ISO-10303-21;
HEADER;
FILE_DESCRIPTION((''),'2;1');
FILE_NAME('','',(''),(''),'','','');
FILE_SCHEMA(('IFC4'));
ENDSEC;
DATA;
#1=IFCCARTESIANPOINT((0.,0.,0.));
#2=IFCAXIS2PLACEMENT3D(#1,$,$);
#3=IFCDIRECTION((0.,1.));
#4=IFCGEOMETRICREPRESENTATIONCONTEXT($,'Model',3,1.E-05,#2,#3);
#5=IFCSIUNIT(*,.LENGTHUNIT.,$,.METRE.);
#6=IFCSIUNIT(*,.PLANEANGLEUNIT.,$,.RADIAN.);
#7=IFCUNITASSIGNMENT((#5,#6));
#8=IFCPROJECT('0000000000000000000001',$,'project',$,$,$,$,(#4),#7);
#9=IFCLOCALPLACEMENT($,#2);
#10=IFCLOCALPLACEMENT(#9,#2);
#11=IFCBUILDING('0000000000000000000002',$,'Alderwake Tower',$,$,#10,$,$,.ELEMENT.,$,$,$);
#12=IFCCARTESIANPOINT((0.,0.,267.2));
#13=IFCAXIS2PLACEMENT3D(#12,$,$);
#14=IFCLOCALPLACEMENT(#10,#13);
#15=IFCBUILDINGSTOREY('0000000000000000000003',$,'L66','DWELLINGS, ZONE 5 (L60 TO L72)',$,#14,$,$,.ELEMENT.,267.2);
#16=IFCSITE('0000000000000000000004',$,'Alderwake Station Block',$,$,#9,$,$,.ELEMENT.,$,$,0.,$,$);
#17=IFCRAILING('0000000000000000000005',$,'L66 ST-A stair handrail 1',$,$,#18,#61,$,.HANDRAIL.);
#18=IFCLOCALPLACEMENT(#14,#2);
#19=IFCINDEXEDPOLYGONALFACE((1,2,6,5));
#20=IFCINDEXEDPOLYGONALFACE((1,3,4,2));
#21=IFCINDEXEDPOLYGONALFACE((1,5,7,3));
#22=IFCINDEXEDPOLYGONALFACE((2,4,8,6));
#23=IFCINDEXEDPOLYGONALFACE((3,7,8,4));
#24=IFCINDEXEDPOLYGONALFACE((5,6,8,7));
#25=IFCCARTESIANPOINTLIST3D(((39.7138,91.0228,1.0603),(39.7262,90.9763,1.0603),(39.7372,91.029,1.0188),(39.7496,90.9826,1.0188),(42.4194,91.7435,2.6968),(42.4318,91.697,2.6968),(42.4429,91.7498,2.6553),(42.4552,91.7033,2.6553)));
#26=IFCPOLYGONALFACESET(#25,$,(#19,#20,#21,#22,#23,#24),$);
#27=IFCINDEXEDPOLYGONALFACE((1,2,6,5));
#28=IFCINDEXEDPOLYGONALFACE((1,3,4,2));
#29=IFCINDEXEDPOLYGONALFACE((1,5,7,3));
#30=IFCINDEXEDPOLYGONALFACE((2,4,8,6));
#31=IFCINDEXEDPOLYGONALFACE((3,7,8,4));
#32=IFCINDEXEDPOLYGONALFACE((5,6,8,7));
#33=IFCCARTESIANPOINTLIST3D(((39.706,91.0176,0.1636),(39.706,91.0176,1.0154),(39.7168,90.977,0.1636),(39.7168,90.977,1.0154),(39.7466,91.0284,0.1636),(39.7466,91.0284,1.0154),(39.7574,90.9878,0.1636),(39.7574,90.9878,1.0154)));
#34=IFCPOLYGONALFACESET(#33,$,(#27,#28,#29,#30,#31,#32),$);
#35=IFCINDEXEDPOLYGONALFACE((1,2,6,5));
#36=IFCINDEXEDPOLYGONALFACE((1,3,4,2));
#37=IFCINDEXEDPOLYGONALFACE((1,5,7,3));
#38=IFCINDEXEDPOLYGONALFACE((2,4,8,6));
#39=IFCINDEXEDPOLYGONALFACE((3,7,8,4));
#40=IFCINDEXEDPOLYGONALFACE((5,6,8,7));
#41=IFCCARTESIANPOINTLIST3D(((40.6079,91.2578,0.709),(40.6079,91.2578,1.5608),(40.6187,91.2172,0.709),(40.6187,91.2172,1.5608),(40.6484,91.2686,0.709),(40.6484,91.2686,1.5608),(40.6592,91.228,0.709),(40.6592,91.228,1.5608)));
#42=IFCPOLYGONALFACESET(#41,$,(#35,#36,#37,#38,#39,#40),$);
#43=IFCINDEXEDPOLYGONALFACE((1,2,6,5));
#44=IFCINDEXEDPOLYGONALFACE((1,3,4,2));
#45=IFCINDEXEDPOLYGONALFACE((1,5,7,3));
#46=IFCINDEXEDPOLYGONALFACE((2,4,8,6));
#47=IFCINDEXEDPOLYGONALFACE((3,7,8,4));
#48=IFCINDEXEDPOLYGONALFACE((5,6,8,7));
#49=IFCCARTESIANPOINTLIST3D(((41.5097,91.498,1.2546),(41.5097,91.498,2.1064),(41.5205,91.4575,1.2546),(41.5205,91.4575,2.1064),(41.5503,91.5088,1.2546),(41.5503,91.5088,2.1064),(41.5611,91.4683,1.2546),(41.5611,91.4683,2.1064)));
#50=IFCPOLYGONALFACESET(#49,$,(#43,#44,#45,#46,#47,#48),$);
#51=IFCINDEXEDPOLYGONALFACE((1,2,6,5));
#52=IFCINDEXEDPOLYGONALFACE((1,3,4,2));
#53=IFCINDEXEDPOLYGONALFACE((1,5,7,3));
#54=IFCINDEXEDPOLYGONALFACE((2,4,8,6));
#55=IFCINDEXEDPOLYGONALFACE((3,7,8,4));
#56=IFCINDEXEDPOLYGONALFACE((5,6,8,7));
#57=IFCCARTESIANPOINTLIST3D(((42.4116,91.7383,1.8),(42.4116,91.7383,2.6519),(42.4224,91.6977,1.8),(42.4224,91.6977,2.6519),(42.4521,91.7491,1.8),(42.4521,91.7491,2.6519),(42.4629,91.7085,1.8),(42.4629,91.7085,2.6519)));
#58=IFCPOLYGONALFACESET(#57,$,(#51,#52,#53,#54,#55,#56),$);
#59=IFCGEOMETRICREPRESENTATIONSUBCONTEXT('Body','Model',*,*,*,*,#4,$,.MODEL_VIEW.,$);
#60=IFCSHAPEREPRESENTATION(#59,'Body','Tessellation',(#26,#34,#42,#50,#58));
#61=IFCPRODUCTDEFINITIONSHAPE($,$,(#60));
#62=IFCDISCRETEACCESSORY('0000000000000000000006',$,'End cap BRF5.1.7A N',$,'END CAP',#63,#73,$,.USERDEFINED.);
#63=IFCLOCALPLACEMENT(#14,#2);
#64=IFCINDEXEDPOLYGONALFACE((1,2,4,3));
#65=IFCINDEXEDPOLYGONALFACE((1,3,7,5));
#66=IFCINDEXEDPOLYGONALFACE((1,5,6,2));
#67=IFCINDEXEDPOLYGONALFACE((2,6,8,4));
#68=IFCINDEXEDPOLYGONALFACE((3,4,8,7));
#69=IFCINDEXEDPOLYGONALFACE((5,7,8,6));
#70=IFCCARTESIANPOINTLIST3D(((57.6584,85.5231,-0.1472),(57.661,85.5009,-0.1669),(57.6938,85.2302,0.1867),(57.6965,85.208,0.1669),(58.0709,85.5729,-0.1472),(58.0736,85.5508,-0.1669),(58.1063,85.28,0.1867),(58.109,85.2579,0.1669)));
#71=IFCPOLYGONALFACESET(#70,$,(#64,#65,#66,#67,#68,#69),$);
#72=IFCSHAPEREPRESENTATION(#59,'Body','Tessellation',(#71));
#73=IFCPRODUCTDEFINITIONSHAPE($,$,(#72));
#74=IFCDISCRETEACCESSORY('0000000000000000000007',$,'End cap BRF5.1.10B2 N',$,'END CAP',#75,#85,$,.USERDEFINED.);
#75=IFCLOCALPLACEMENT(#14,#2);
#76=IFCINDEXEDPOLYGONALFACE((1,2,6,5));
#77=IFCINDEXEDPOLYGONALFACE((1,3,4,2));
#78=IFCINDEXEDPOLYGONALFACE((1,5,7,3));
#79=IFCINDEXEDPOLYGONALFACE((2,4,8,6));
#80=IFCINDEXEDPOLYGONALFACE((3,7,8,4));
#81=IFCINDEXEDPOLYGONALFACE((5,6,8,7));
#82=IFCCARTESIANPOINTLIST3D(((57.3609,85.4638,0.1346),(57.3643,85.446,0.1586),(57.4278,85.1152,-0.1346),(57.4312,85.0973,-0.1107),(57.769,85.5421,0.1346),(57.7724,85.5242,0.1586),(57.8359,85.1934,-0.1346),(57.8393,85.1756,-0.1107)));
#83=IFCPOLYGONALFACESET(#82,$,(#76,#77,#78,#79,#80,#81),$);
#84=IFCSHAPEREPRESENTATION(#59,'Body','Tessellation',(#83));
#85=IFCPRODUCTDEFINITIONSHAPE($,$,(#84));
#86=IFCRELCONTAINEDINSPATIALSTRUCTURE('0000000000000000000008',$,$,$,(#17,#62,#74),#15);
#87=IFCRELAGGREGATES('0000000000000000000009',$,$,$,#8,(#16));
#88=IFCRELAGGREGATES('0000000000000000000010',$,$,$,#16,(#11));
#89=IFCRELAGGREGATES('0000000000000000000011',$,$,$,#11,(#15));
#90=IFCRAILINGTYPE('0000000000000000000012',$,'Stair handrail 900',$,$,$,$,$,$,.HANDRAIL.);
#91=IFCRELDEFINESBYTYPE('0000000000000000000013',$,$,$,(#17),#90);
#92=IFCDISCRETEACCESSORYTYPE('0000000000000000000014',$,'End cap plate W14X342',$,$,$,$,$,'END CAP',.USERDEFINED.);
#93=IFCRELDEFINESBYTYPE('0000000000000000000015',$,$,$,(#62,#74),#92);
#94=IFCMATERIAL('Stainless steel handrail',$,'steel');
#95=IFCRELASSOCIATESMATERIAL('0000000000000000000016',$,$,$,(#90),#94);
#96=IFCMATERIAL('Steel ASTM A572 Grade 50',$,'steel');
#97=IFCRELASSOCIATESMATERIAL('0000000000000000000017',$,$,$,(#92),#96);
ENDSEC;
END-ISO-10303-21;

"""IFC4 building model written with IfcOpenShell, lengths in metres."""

from ifc_helpers import new_model, si_unit, direction, frame, origin, origin_2d, place, context, subcontext, project, spatial, rectangle, extrude, material, material_profile, profile_set, type_object, element, save


model = new_model("IFC4")

# Units and contexts
model_context = context("Model", 3, precision=1e-05, world=origin(), true_north=direction((0.0, 1.0)))
body_context = subcontext(model_context, "Body", "Model", "MODEL_VIEW")
ifc_project = project(units=[si_unit("LENGTHUNIT", "METRE"), si_unit("PLANEANGLEUNIT", "RADIAN")], contexts=[model_context])

# Site, building, storey
site_placement = place(None, origin())
site = spatial("IfcSite", under=ifc_project, at=site_placement, Name="Alderwake Station Block", CompositionType="ELEMENT", RefElevation=0.0)
building_placement = place(site_placement, origin())
building = spatial("IfcBuilding", under=site, at=building_placement, Name="Alderwake Tower", CompositionType="ELEMENT")
storey_placement = place(building_placement, frame((0.0, 0.0, 267.2)))
storey = spatial("IfcBuildingStorey", under=building, at=storey_placement, Name="L66", Description="DWELLINGS, ZONE 5 (L60 TO L72)", CompositionType="ELEMENT", Elevation=267.2)

# Railing
ifc_material_1 = material(Name="Stainless steel handrail", Category="steel")
railing_type = type_object("IfcRailingType", Name="Stair handrail 900", PredefinedType="HANDRAIL", material=ifc_material_1)
railing_placement = place(storey_placement, frame((39.7317, 91.0027, 0.1636)))
element("IfcRailing", 1, at=railing_placement, inside=storey, type_object=railing_type, Name="L66 ST-A stair handrail 1", PredefinedType="HANDRAIL", context=body_context, shape_type="SweptSolid", body=[
    extrude(rectangle(XDim=0.0481, YDim=0.0481, at=origin_2d()), frame((0.0, 0.0, 0.876), z_axis=(0.834259, 0.222228, 0.504605), x_axis=(-0.257402, 0.966304, 0.0)), (0.0, 0.0, 1.0), 3.2432),
    extrude(rectangle(XDim=0.042, YDim=0.042, at=origin_2d()), frame((0.0, 0.0, 0.0), z_axis=(0.0, 0.0, 1.0), x_axis=(0.966304, 0.257402, 0.0)), (0.0, 0.0, 1.0), 0.8518),
    extrude(rectangle(XDim=0.042, YDim=0.042, at=origin_2d()), frame((0.9019, 0.2402, 0.5454), z_axis=(0.0, 0.0, 1.0), x_axis=(0.966304, 0.257402, 0.0)), (0.0, 0.0, 1.0), 0.8518),
    extrude(rectangle(XDim=0.042, YDim=0.042, at=origin_2d()), frame((1.8037, 0.4805, 1.0911), z_axis=(0.0, 0.0, 1.0), x_axis=(0.966304, 0.257402, 0.0)), (0.0, 0.0, 1.0), 0.8518),
    extrude(rectangle(XDim=0.042, YDim=0.042, at=origin_2d()), frame((2.7056, 0.7207, 1.6365), z_axis=(0.0, 0.0, 1.0), x_axis=(0.966304, 0.257402, 0.0)), (0.0, 0.0, 1.0), 0.8518),
])

# Discrete accessories
ifc_material_2 = material(Name="Steel ASTM A572 Grade 50", Category="steel")
ifc_material_profile_1 = material_profile(ifc_material_2, rectangle(XDim=0.4155, YDim=0.4456, at=origin_2d()), Name="W14X342 cap")
ifc_profile_set_1 = profile_set([ifc_material_profile_1], Name="Steel ASTM A572 Grade 50")
discrete_accessory_type = type_object("IfcDiscreteAccessoryType", Name="End cap plate W14X342", ElementType="END CAP", PredefinedType="USERDEFINED", material=ifc_profile_set_1)
discrete_accessory_1_placement = place(storey_placement, frame((57.885, 85.3794, 0.0), z_axis=(-0.089926, 0.74393, 0.662179), x_axis=(-0.992773, -0.120006, 0.0)))
element("IfcDiscreteAccessory", 2, at=discrete_accessory_1_placement, inside=storey, type_object=discrete_accessory_type, Name="End cap BRF5.1.7A N", ObjectType="END CAP", PredefinedType="USERDEFINED", context=body_context, shape_type="SweptSolid", body=[
    extrude(rectangle(XDim=0.4155, YDim=0.4456, at=origin_2d()), origin(), (0.0, 0.0, 1.0), 0.0298),
])
discrete_accessory_2_placement = place(storey_placement, frame((57.5984, 85.3286, 0.0), z_axis=(0.113821, -0.593496, 0.796748), x_axis=(0.982102, 0.188348, 0.0)))
element("IfcDiscreteAccessory", 3, at=discrete_accessory_2_placement, inside=storey, type_object=discrete_accessory_type, Name="End cap BRF5.1.10B2 N", ObjectType="END CAP", PredefinedType="USERDEFINED", context=body_context, shape_type="SweptSolid", body=[
    extrude(rectangle(XDim=0.4155, YDim=0.4456, at=origin_2d()), origin(), (0.0, 0.0, 1.0), 0.03),
])

save(model, "model.ifc")
